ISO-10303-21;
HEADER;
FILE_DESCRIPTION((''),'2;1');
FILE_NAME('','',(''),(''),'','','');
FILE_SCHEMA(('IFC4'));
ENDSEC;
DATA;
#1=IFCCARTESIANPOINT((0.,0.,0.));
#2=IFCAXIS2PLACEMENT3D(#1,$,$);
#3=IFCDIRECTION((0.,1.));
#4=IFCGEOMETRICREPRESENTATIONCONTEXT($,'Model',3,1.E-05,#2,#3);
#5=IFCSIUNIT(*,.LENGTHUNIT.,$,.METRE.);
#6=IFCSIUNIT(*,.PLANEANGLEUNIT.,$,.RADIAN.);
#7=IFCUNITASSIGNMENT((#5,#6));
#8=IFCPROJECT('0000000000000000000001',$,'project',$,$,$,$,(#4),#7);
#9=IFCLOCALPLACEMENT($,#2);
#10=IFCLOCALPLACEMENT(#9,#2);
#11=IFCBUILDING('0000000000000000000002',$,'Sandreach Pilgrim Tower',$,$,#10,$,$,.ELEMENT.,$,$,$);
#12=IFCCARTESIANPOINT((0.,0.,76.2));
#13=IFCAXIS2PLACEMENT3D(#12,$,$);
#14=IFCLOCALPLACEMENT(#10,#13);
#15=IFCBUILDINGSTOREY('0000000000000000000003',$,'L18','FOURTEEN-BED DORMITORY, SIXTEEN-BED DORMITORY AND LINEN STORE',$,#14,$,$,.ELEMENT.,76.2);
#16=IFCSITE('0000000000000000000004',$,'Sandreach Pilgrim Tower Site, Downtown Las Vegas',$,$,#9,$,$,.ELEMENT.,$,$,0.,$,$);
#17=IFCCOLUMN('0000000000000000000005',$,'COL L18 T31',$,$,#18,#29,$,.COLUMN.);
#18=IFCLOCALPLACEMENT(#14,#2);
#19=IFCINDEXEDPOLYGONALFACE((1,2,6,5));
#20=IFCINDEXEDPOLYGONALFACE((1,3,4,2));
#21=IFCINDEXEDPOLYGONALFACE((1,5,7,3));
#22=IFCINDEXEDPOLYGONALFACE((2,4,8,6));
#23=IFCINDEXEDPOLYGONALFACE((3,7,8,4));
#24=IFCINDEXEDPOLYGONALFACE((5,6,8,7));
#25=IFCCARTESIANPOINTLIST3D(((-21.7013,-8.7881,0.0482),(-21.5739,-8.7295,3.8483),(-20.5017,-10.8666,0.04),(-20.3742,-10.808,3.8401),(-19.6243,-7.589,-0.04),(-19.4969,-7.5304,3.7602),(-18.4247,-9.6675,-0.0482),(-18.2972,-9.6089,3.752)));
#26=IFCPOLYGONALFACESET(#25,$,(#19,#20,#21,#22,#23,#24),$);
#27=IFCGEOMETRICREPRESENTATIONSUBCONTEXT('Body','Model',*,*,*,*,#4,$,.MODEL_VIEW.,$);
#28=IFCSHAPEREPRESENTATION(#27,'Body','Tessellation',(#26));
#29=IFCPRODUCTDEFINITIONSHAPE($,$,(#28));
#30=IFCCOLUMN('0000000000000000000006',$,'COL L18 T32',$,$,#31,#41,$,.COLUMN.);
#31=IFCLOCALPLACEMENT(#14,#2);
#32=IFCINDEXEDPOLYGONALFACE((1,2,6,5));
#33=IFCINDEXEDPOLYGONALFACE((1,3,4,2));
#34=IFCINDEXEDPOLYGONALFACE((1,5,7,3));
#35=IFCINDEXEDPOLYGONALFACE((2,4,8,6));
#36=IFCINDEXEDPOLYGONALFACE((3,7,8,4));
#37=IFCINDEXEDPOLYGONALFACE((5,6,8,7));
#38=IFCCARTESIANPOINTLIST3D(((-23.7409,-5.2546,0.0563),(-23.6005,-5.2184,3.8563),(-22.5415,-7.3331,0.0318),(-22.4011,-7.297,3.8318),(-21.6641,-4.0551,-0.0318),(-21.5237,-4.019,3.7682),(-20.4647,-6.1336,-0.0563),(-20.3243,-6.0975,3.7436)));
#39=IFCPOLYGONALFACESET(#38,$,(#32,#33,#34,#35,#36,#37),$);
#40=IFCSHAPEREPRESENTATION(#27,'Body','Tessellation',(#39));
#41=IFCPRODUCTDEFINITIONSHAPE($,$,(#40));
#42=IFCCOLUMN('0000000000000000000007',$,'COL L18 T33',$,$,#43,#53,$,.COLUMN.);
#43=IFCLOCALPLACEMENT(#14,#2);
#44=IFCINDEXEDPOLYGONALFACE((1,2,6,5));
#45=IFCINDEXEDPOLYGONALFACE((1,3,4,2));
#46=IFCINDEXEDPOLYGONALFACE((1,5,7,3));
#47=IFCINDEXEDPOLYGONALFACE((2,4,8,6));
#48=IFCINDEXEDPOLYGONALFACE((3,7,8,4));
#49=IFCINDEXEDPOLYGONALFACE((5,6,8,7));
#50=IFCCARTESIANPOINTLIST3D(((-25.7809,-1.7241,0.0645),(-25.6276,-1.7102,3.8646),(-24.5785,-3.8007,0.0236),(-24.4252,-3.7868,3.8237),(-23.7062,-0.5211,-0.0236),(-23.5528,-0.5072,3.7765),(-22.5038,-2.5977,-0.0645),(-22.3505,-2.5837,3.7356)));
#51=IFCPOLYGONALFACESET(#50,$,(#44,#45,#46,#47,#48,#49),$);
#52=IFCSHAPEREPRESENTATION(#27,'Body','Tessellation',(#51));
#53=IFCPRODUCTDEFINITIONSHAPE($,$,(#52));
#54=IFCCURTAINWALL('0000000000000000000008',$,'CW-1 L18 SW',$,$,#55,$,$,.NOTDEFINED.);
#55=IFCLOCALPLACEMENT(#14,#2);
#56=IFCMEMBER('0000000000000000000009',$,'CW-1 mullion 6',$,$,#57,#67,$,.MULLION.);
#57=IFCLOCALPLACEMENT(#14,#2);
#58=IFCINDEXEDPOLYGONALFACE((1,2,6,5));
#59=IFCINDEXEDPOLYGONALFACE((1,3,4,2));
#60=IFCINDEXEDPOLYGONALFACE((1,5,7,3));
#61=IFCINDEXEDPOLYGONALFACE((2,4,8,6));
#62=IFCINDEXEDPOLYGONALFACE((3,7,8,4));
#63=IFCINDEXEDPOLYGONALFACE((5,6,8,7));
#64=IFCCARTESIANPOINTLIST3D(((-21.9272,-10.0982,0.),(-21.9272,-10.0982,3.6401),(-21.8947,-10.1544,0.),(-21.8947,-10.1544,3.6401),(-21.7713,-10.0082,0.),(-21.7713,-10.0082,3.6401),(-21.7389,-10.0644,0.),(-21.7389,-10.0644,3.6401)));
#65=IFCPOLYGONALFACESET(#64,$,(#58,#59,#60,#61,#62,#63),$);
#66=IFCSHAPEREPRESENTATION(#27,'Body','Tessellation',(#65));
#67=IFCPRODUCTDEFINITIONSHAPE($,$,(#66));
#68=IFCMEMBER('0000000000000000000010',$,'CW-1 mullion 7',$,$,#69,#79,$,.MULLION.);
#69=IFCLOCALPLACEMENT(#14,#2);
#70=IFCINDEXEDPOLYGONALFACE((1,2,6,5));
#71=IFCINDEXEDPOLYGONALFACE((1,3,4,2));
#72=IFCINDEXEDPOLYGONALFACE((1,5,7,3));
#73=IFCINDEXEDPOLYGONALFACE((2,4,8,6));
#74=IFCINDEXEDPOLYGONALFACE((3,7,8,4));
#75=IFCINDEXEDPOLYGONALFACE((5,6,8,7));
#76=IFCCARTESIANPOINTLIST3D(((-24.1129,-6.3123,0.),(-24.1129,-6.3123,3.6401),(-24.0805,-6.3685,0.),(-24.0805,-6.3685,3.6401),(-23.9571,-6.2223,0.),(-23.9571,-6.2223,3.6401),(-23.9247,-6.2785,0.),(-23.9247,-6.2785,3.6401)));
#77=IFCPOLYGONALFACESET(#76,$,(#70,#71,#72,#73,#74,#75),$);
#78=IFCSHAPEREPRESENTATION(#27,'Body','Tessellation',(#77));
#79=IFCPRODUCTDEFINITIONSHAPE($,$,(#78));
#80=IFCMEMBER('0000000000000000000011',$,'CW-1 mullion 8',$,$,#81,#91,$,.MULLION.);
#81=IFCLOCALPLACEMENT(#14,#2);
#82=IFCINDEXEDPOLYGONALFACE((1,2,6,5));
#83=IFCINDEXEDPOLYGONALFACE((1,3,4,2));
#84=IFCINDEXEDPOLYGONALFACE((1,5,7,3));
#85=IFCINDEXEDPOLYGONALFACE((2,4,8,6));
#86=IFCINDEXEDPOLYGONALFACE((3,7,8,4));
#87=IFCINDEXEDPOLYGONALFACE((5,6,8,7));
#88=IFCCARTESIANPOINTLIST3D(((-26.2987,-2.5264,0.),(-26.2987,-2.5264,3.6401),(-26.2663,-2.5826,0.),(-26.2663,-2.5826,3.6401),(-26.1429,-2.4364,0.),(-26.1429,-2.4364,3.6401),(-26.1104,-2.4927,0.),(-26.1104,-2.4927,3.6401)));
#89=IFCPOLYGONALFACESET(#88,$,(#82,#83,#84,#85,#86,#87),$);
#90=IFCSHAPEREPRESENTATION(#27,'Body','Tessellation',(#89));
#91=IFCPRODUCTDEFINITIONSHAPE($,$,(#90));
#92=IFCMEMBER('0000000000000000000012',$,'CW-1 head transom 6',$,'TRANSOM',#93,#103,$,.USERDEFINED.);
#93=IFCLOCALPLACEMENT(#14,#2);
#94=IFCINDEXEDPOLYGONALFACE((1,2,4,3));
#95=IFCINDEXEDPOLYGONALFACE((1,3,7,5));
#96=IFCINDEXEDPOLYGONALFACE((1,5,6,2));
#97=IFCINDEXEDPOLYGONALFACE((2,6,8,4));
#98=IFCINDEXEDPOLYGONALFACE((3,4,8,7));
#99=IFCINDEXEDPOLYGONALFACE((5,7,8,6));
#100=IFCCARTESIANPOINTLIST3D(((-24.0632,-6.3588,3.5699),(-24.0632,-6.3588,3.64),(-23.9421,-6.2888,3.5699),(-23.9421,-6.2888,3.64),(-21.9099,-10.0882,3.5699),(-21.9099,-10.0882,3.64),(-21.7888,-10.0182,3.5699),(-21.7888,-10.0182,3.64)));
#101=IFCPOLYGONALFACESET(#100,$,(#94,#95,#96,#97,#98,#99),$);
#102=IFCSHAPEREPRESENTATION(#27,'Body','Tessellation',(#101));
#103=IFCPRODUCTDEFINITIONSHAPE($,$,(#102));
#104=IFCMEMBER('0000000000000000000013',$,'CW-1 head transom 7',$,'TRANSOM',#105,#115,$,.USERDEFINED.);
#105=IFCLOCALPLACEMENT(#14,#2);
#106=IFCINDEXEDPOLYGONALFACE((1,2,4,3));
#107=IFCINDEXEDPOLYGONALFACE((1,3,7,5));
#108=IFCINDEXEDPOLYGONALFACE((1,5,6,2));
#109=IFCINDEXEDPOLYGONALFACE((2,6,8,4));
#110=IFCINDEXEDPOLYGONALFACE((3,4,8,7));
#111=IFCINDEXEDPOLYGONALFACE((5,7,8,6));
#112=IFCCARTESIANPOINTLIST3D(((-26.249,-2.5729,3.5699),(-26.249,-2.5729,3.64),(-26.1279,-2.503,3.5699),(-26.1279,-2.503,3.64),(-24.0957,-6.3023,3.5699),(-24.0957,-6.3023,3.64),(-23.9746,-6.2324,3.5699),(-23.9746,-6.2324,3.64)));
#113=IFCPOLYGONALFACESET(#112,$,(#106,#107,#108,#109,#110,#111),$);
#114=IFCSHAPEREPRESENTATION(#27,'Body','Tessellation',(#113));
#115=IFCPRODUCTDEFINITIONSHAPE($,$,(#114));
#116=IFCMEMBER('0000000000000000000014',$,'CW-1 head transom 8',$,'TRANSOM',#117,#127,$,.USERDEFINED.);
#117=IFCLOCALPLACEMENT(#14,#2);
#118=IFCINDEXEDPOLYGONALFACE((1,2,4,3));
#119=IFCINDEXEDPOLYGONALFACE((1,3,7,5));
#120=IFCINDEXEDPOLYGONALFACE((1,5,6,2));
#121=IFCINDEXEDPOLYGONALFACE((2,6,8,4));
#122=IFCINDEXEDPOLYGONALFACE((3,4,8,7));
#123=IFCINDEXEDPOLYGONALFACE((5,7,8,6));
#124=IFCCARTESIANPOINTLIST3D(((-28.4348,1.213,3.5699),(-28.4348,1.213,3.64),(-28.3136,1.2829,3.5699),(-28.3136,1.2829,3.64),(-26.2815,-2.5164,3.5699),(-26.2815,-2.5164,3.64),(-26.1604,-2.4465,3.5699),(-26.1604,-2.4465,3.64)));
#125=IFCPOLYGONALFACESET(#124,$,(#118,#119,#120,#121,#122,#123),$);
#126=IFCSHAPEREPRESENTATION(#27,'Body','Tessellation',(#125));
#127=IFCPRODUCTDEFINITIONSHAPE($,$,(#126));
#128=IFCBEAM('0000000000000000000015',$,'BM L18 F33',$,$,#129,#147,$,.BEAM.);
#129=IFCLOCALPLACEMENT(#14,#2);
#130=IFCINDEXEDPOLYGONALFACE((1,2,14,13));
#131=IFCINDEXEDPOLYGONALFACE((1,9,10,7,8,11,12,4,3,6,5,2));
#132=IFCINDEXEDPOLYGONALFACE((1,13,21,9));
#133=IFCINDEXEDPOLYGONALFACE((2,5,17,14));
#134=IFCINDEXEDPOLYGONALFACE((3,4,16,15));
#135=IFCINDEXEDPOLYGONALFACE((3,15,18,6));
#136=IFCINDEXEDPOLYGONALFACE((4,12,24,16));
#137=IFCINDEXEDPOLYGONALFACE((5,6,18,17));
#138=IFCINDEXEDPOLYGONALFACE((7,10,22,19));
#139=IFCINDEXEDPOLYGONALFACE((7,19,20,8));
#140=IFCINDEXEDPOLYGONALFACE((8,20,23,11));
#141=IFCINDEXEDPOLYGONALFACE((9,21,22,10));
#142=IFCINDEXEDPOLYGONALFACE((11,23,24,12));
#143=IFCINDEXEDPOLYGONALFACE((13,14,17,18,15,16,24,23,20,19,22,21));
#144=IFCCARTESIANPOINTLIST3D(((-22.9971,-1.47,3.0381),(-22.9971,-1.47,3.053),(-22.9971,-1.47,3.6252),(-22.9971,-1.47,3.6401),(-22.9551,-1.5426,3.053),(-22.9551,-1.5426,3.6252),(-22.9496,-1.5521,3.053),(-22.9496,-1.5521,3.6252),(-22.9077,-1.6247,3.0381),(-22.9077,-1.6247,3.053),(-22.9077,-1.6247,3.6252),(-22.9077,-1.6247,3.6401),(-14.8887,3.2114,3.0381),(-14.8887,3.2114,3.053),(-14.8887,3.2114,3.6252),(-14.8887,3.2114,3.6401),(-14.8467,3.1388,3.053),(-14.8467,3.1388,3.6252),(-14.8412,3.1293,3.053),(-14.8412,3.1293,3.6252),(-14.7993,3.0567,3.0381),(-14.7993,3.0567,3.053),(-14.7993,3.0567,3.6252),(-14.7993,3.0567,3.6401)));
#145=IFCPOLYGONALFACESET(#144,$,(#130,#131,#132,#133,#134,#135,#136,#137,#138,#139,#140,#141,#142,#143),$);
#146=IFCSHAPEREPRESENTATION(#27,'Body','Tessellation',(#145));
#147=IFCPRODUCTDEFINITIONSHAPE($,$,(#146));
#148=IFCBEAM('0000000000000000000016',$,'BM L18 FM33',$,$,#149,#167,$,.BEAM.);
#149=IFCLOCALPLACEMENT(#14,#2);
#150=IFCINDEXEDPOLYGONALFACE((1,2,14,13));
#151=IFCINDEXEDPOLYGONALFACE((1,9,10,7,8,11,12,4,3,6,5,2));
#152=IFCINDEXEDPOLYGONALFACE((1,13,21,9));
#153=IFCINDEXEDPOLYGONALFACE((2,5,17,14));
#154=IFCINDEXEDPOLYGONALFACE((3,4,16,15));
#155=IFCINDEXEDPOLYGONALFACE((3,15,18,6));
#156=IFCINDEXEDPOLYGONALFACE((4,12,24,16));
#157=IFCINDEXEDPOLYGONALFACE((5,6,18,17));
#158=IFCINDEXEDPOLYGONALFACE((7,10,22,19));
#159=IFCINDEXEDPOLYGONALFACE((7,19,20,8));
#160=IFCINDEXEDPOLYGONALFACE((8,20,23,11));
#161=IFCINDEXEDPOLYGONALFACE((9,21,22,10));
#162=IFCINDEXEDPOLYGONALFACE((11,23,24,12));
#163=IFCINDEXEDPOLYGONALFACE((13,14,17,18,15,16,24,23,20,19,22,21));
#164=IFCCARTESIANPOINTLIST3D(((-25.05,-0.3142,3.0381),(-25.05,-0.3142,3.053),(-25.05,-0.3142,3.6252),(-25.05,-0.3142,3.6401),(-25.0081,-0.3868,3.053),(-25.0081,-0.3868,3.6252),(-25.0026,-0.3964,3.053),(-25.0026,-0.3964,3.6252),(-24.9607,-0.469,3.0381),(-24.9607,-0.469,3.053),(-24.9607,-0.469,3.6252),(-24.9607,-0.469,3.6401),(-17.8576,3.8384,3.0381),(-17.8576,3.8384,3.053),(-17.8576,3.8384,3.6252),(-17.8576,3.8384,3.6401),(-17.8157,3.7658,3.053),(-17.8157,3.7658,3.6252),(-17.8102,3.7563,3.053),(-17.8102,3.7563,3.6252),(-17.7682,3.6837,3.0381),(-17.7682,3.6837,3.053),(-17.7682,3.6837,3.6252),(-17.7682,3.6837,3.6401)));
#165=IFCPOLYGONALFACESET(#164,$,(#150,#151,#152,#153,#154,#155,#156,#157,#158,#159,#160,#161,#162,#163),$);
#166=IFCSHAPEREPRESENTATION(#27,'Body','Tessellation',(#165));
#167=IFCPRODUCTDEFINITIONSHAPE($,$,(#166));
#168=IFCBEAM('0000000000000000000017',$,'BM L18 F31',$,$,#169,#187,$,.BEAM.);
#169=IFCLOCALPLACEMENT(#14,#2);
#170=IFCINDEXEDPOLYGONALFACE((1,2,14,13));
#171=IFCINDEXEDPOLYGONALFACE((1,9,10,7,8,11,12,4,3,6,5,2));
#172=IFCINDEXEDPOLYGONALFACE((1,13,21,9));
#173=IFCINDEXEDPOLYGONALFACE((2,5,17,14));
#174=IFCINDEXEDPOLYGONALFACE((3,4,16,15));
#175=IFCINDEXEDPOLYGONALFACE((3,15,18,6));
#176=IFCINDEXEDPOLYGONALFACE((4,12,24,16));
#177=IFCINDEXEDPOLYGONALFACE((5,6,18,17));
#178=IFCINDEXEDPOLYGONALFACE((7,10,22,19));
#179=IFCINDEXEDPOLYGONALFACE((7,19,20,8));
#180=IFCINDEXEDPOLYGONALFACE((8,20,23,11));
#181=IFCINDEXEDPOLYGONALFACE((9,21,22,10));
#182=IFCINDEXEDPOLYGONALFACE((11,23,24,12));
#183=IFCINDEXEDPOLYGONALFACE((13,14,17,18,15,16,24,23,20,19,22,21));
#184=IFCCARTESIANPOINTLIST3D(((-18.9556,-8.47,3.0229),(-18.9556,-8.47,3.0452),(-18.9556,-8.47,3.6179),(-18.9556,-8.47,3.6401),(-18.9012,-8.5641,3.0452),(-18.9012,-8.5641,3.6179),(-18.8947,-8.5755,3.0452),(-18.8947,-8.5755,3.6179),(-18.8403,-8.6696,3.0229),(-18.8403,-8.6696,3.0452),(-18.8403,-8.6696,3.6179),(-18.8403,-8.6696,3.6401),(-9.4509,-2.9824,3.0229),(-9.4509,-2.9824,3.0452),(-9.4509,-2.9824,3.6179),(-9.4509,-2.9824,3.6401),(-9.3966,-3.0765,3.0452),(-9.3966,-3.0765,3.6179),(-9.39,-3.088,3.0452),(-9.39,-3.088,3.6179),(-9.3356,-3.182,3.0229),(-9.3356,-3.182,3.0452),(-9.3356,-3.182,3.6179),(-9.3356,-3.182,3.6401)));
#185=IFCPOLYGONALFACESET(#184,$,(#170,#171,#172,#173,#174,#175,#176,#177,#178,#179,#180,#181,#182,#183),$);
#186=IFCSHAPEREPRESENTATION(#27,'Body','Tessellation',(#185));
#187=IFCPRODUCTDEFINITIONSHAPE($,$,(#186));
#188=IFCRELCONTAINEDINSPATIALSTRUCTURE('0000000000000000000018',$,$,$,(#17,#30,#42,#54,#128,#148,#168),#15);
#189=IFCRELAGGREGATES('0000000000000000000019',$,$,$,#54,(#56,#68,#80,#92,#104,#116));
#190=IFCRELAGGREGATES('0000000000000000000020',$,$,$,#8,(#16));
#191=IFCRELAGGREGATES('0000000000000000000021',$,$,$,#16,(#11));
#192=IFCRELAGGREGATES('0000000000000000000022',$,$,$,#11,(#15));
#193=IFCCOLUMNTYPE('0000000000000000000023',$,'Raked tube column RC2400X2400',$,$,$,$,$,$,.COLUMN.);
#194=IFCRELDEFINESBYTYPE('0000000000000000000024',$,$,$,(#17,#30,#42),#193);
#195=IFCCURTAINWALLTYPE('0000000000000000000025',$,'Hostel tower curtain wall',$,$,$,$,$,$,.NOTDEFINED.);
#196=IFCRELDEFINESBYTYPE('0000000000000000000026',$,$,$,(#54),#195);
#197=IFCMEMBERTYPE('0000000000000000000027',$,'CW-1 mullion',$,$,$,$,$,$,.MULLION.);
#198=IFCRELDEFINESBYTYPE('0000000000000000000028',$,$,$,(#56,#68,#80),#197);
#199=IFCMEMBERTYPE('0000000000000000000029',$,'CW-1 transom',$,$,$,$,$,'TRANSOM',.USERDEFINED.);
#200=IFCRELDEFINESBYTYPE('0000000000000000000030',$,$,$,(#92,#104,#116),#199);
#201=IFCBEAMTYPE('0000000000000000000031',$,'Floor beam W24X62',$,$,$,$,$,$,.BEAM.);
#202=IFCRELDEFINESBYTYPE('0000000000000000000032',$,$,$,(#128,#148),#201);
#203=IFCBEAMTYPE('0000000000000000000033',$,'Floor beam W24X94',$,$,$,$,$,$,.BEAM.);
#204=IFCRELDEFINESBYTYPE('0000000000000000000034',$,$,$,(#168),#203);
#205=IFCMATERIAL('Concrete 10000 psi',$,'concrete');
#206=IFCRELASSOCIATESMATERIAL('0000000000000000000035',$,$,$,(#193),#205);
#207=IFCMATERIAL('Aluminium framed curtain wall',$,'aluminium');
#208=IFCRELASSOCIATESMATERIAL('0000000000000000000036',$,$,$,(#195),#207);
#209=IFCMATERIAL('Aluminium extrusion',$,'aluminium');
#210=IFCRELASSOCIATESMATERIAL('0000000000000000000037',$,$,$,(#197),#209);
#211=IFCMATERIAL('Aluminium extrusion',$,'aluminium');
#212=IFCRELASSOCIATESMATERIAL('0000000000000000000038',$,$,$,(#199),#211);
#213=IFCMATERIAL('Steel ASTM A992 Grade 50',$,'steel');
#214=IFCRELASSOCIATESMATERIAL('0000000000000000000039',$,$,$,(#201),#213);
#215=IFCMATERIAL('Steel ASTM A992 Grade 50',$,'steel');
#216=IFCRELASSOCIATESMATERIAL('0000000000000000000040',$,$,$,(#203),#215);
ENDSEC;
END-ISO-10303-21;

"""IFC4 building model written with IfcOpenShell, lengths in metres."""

from ifc_helpers import new_model, si_unit, direction, frame, origin, origin_2d, place, context, subcontext, project, spatial, rectangle, i_section, extrude, material, material_profile, profile_set, type_object, element, aggregate, save


model = new_model("IFC4")

# Units and contexts
model_context = context("Model", 3, precision=1e-05, world=origin(), true_north=direction((0.0, 1.0)))
body_context = subcontext(model_context, "Body", "Model", "MODEL_VIEW")
ifc_project = project(units=[si_unit("LENGTHUNIT", "METRE"), si_unit("PLANEANGLEUNIT", "RADIAN")], contexts=[model_context])

# Site, building, storey
site_placement = place(None, origin())
site = spatial("IfcSite", under=ifc_project, at=site_placement, Name="Sandreach Pilgrim Tower Site, Downtown Las Vegas", CompositionType="ELEMENT", RefElevation=0.0)
building_placement = place(site_placement, origin())
building = spatial("IfcBuilding", under=site, at=building_placement, Name="Sandreach Pilgrim Tower", CompositionType="ELEMENT")
storey_placement = place(building_placement, frame((0.0, 0.0, 76.2)))
storey = spatial("IfcBuildingStorey", under=building, at=storey_placement, Name="L18", Description="FOURTEEN-BED DORMITORY, SIXTEEN-BED DORMITORY AND LINEN STORE", CompositionType="ELEMENT", Elevation=76.2)

# Columns
ifc_material_1 = material(Name="Concrete 10000 psi", Category="concrete")
ifc_material_profile_1 = material_profile(ifc_material_1, rectangle(XDim=2.3999, YDim=2.3999, at=origin_2d()), Name="RC2400X2400")
ifc_profile_set_1 = profile_set([ifc_material_profile_1], Name="Concrete 10000 psi")
column_type = type_object("IfcColumnType", Name="Raked tube column RC2400X2400", PredefinedType="COLUMN", material=ifc_profile_set_1)
for number, where, z_axis, x_axis, name in (
    (1, (-20.063, -9.2278, 0.0), (0.033514, 0.015409, 0.999319), (-0.865448, -0.499651, 0.036729), "COL L18 T31"),
    (2, (-22.1028, -5.6941, 0.0), (0.036915, 0.009502, 0.999273), (-0.865363, -0.499798, 0.03672), "COL L18 T32"),
):
    element("IfcColumn", number, at=place(storey_placement, frame(where, z_axis=z_axis, x_axis=x_axis)), inside=storey, type_object=column_type, Name=name, PredefinedType="COLUMN", context=body_context, shape_type="SweptSolid", body=[
        extrude(rectangle(XDim=2.3999, YDim=2.3999, at=origin_2d()), origin(), (0.0, 0.0, 1.0), 3.8027),
    ])
column_placement = place(storey_placement, frame((-24.1423, -2.1609, 0.0), z_axis=(0.040314, 0.003659, 0.99918), x_axis=(-0.864501, -0.501288, 0.036716)))
element("IfcColumn", 3, at=column_placement, inside=storey, type_object=column_type, Name="COL L18 T33", PredefinedType="COLUMN", context=body_context, shape_type="SweptSolid", body=[
    extrude(rectangle(XDim=2.3999, YDim=2.3999, at=origin_2d()), origin(), (0.0, 0.0, 1.0), 3.8032),
])

# Curtain wall, members
ifc_material_2 = material(Name="Aluminium framed curtain wall", Category="aluminium")
curtain_wall_type = type_object("IfcCurtainWallType", Name="Hostel tower curtain wall", PredefinedType="NOTDEFINED", material=ifc_material_2)
curtain_wall_placement = place(storey_placement, origin())
curtain_wall = element("IfcCurtainWall", 4, at=curtain_wall_placement, inside=storey, type_object=curtain_wall_type, Name="CW-1 L18 SW", PredefinedType="NOTDEFINED")
ifc_material_3 = material(Name="Aluminium extrusion", Category="aluminium")
ifc_material_profile_2 = material_profile(ifc_material_3, rectangle(XDim=0.0649, YDim=0.1799, at=origin_2d()), Name="CW-1M 65X180")
ifc_profile_set_2 = profile_set([ifc_material_profile_2], Name="Aluminium extrusion")
member_type_1 = type_object("IfcMemberType", Name="CW-1 mullion", PredefinedType="MULLION", material=ifc_profile_set_2)
member_1_placement = place(storey_placement, frame((-21.833, -10.0813, 0.0), z_axis=(0.0, 0.0, 1.0), x_axis=(-0.5, 0.866025, 0.0)))
member_1 = element("IfcMember", 5, at=member_1_placement, type_object=member_type_1, Name="CW-1 mullion 6", PredefinedType="MULLION", context=body_context, shape_type="SweptSolid", body=[
    extrude(rectangle(XDim=0.0649, YDim=0.1799, at=origin_2d()), origin(), (0.0, 0.0, 1.0), 3.6401),
])
member_2_placement = place(storey_placement, frame((-24.0188, -6.2954, 0.0), z_axis=(0.0, 0.0, 1.0), x_axis=(-0.5, 0.866025, 0.0)))
member_2 = element("IfcMember", 6, at=member_2_placement, type_object=member_type_1, Name="CW-1 mullion 7", PredefinedType="MULLION", context=body_context, shape_type="SweptSolid", body=[
    extrude(rectangle(XDim=0.0649, YDim=0.1799, at=origin_2d()), origin(), (0.0, 0.0, 1.0), 3.6401),
])
member_3_placement = place(storey_placement, frame((-26.2046, -2.5095, 0.0), z_axis=(0.0, 0.0, 1.0), x_axis=(-0.5, 0.866025, 0.0)))
member_3 = element("IfcMember", 7, at=member_3_placement, type_object=member_type_1, Name="CW-1 mullion 8", PredefinedType="MULLION", context=body_context, shape_type="SweptSolid", body=[
    extrude(rectangle(XDim=0.0649, YDim=0.1799, at=origin_2d()), origin(), (0.0, 0.0, 1.0), 3.6401),
])
ifc_material_4 = material(Name="Aluminium extrusion", Category="aluminium")
ifc_material_profile_3 = material_profile(ifc_material_4, rectangle(XDim=0.1399, YDim=0.0701, at=origin_2d()), Name="CW-1T 140X70")
ifc_profile_set_3 = profile_set([ifc_material_profile_3], Name="Aluminium extrusion")
member_type_2 = type_object("IfcMemberType", Name="CW-1 transom", ElementType="TRANSOM", PredefinedType="USERDEFINED", material=ifc_profile_set_3)
member_4_placement = place(storey_placement, frame((-21.8494, -10.0532, 3.605), z_axis=(-0.500017, 0.866016, 0.0), x_axis=(-0.866016, -0.500017, 0.0)))
member_4 = element("IfcMember", 8, at=member_4_placement, type_object=member_type_2, Name="CW-1 head transom 6", ObjectType="TRANSOM", PredefinedType="USERDEFINED", context=body_context, shape_type="SweptSolid", body=[
    extrude(rectangle(XDim=0.1399, YDim=0.0701, at=origin_2d()), origin(), (0.0, 0.0, 1.0), 4.3064),
])
member_5_placement = place(storey_placement, frame((-24.0352, -6.2673, 3.605), z_axis=(-0.500017, 0.866016, 0.0), x_axis=(-0.866016, -0.500017, 0.0)))
member_5 = element("IfcMember", 9, at=member_5_placement, type_object=member_type_2, Name="CW-1 head transom 7", ObjectType="TRANSOM", PredefinedType="USERDEFINED", context=body_context, shape_type="SweptSolid", body=[
    extrude(rectangle(XDim=0.1399, YDim=0.0701, at=origin_2d()), origin(), (0.0, 0.0, 1.0), 4.3064),
])
member_6_placement = place(storey_placement, frame((-26.2209, -2.4814, 3.605), z_axis=(-0.500017, 0.866016, 0.0), x_axis=(-0.866016, -0.500017, 0.0)))
member_6 = element("IfcMember", 10, at=member_6_placement, type_object=member_type_2, Name="CW-1 head transom 8", ObjectType="TRANSOM", PredefinedType="USERDEFINED", context=body_context, shape_type="SweptSolid", body=[
    extrude(rectangle(XDim=0.1399, YDim=0.0701, at=origin_2d()), origin(), (0.0, 0.0, 1.0), 4.3064),
])

# Beams
ifc_material_5 = material(Name="Steel ASTM A992 Grade 50", Category="steel")
ifc_material_profile_4 = material_profile(ifc_material_5, i_section(OverallWidth=0.1787, OverallDepth=0.6021, WebThickness=0.011, FlangeThickness=0.0149, at=origin_2d()), Name="W24X62")
ifc_profile_set_4 = profile_set([ifc_material_profile_4], Name="Steel ASTM A992 Grade 50")
beam_type_1 = type_object("IfcBeamType", Name="Floor beam W24X62", PredefinedType="BEAM", material=ifc_profile_set_4)
beam_1_placement = place(storey_placement, frame((-22.9524, -1.5474, 3.3391), z_axis=(0.866025, 0.500001, 0.0), x_axis=(-0.500001, 0.866025, 0.0)))
element("IfcBeam", 11, at=beam_1_placement, inside=storey, type_object=beam_type_1, Name="BM L18 F33", PredefinedType="BEAM", context=body_context, shape_type="SweptSolid", body=[
    extrude(i_section(OverallWidth=0.1787, OverallDepth=0.6021, WebThickness=0.011, FlangeThickness=0.0149, at=origin_2d()), origin(), (0.0, 0.0, 1.0), 9.3628),
])
beam_2_placement = place(storey_placement, frame((-25.0054, -0.3916, 3.3391), z_axis=(0.866022, 0.500006, 0.0), x_axis=(-0.500006, 0.866022, 0.0)))
element("IfcBeam", 12, at=beam_2_placement, inside=storey, type_object=beam_type_1, Name="BM L18 FM33", PredefinedType="BEAM", context=body_context, shape_type="SweptSolid", body=[
    extrude(i_section(OverallWidth=0.1787, OverallDepth=0.6021, WebThickness=0.011, FlangeThickness=0.0149, at=origin_2d()), origin(), (0.0, 0.0, 1.0), 8.3052),
])
ifc_material_6 = material(Name="Steel ASTM A992 Grade 50", Category="steel")
ifc_material_profile_5 = material_profile(ifc_material_6, i_section(OverallWidth=0.2305, OverallDepth=0.6172, WebThickness=0.0132, FlangeThickness=0.0222, at=origin_2d()), Name="W24X94")
ifc_profile_set_5 = profile_set([ifc_material_profile_5], Name="Steel ASTM A992 Grade 50")
beam_type_2 = type_object("IfcBeamType", Name="Floor beam W24X94", PredefinedType="BEAM", material=ifc_profile_set_5)
beam_3_placement = place(storey_placement, frame((-18.8979, -8.5698, 3.3315), z_axis=(0.866024, 0.500003, 0.0), x_axis=(-0.500003, 0.866024, 0.0)))
element("IfcBeam", 13, at=beam_3_placement, inside=storey, type_object=beam_type_2, Name="BM L18 F31", PredefinedType="BEAM", context=body_context, shape_type="SweptSolid", body=[
    extrude(i_section(OverallWidth=0.2305, OverallDepth=0.6172, WebThickness=0.0132, FlangeThickness=0.0222, at=origin_2d()), origin(), (0.0, 0.0, 1.0), 10.9751),
])

aggregate(curtain_wall, [member_1, member_2, member_3, member_4, member_5, member_6])

save(model, "model.ifc")
